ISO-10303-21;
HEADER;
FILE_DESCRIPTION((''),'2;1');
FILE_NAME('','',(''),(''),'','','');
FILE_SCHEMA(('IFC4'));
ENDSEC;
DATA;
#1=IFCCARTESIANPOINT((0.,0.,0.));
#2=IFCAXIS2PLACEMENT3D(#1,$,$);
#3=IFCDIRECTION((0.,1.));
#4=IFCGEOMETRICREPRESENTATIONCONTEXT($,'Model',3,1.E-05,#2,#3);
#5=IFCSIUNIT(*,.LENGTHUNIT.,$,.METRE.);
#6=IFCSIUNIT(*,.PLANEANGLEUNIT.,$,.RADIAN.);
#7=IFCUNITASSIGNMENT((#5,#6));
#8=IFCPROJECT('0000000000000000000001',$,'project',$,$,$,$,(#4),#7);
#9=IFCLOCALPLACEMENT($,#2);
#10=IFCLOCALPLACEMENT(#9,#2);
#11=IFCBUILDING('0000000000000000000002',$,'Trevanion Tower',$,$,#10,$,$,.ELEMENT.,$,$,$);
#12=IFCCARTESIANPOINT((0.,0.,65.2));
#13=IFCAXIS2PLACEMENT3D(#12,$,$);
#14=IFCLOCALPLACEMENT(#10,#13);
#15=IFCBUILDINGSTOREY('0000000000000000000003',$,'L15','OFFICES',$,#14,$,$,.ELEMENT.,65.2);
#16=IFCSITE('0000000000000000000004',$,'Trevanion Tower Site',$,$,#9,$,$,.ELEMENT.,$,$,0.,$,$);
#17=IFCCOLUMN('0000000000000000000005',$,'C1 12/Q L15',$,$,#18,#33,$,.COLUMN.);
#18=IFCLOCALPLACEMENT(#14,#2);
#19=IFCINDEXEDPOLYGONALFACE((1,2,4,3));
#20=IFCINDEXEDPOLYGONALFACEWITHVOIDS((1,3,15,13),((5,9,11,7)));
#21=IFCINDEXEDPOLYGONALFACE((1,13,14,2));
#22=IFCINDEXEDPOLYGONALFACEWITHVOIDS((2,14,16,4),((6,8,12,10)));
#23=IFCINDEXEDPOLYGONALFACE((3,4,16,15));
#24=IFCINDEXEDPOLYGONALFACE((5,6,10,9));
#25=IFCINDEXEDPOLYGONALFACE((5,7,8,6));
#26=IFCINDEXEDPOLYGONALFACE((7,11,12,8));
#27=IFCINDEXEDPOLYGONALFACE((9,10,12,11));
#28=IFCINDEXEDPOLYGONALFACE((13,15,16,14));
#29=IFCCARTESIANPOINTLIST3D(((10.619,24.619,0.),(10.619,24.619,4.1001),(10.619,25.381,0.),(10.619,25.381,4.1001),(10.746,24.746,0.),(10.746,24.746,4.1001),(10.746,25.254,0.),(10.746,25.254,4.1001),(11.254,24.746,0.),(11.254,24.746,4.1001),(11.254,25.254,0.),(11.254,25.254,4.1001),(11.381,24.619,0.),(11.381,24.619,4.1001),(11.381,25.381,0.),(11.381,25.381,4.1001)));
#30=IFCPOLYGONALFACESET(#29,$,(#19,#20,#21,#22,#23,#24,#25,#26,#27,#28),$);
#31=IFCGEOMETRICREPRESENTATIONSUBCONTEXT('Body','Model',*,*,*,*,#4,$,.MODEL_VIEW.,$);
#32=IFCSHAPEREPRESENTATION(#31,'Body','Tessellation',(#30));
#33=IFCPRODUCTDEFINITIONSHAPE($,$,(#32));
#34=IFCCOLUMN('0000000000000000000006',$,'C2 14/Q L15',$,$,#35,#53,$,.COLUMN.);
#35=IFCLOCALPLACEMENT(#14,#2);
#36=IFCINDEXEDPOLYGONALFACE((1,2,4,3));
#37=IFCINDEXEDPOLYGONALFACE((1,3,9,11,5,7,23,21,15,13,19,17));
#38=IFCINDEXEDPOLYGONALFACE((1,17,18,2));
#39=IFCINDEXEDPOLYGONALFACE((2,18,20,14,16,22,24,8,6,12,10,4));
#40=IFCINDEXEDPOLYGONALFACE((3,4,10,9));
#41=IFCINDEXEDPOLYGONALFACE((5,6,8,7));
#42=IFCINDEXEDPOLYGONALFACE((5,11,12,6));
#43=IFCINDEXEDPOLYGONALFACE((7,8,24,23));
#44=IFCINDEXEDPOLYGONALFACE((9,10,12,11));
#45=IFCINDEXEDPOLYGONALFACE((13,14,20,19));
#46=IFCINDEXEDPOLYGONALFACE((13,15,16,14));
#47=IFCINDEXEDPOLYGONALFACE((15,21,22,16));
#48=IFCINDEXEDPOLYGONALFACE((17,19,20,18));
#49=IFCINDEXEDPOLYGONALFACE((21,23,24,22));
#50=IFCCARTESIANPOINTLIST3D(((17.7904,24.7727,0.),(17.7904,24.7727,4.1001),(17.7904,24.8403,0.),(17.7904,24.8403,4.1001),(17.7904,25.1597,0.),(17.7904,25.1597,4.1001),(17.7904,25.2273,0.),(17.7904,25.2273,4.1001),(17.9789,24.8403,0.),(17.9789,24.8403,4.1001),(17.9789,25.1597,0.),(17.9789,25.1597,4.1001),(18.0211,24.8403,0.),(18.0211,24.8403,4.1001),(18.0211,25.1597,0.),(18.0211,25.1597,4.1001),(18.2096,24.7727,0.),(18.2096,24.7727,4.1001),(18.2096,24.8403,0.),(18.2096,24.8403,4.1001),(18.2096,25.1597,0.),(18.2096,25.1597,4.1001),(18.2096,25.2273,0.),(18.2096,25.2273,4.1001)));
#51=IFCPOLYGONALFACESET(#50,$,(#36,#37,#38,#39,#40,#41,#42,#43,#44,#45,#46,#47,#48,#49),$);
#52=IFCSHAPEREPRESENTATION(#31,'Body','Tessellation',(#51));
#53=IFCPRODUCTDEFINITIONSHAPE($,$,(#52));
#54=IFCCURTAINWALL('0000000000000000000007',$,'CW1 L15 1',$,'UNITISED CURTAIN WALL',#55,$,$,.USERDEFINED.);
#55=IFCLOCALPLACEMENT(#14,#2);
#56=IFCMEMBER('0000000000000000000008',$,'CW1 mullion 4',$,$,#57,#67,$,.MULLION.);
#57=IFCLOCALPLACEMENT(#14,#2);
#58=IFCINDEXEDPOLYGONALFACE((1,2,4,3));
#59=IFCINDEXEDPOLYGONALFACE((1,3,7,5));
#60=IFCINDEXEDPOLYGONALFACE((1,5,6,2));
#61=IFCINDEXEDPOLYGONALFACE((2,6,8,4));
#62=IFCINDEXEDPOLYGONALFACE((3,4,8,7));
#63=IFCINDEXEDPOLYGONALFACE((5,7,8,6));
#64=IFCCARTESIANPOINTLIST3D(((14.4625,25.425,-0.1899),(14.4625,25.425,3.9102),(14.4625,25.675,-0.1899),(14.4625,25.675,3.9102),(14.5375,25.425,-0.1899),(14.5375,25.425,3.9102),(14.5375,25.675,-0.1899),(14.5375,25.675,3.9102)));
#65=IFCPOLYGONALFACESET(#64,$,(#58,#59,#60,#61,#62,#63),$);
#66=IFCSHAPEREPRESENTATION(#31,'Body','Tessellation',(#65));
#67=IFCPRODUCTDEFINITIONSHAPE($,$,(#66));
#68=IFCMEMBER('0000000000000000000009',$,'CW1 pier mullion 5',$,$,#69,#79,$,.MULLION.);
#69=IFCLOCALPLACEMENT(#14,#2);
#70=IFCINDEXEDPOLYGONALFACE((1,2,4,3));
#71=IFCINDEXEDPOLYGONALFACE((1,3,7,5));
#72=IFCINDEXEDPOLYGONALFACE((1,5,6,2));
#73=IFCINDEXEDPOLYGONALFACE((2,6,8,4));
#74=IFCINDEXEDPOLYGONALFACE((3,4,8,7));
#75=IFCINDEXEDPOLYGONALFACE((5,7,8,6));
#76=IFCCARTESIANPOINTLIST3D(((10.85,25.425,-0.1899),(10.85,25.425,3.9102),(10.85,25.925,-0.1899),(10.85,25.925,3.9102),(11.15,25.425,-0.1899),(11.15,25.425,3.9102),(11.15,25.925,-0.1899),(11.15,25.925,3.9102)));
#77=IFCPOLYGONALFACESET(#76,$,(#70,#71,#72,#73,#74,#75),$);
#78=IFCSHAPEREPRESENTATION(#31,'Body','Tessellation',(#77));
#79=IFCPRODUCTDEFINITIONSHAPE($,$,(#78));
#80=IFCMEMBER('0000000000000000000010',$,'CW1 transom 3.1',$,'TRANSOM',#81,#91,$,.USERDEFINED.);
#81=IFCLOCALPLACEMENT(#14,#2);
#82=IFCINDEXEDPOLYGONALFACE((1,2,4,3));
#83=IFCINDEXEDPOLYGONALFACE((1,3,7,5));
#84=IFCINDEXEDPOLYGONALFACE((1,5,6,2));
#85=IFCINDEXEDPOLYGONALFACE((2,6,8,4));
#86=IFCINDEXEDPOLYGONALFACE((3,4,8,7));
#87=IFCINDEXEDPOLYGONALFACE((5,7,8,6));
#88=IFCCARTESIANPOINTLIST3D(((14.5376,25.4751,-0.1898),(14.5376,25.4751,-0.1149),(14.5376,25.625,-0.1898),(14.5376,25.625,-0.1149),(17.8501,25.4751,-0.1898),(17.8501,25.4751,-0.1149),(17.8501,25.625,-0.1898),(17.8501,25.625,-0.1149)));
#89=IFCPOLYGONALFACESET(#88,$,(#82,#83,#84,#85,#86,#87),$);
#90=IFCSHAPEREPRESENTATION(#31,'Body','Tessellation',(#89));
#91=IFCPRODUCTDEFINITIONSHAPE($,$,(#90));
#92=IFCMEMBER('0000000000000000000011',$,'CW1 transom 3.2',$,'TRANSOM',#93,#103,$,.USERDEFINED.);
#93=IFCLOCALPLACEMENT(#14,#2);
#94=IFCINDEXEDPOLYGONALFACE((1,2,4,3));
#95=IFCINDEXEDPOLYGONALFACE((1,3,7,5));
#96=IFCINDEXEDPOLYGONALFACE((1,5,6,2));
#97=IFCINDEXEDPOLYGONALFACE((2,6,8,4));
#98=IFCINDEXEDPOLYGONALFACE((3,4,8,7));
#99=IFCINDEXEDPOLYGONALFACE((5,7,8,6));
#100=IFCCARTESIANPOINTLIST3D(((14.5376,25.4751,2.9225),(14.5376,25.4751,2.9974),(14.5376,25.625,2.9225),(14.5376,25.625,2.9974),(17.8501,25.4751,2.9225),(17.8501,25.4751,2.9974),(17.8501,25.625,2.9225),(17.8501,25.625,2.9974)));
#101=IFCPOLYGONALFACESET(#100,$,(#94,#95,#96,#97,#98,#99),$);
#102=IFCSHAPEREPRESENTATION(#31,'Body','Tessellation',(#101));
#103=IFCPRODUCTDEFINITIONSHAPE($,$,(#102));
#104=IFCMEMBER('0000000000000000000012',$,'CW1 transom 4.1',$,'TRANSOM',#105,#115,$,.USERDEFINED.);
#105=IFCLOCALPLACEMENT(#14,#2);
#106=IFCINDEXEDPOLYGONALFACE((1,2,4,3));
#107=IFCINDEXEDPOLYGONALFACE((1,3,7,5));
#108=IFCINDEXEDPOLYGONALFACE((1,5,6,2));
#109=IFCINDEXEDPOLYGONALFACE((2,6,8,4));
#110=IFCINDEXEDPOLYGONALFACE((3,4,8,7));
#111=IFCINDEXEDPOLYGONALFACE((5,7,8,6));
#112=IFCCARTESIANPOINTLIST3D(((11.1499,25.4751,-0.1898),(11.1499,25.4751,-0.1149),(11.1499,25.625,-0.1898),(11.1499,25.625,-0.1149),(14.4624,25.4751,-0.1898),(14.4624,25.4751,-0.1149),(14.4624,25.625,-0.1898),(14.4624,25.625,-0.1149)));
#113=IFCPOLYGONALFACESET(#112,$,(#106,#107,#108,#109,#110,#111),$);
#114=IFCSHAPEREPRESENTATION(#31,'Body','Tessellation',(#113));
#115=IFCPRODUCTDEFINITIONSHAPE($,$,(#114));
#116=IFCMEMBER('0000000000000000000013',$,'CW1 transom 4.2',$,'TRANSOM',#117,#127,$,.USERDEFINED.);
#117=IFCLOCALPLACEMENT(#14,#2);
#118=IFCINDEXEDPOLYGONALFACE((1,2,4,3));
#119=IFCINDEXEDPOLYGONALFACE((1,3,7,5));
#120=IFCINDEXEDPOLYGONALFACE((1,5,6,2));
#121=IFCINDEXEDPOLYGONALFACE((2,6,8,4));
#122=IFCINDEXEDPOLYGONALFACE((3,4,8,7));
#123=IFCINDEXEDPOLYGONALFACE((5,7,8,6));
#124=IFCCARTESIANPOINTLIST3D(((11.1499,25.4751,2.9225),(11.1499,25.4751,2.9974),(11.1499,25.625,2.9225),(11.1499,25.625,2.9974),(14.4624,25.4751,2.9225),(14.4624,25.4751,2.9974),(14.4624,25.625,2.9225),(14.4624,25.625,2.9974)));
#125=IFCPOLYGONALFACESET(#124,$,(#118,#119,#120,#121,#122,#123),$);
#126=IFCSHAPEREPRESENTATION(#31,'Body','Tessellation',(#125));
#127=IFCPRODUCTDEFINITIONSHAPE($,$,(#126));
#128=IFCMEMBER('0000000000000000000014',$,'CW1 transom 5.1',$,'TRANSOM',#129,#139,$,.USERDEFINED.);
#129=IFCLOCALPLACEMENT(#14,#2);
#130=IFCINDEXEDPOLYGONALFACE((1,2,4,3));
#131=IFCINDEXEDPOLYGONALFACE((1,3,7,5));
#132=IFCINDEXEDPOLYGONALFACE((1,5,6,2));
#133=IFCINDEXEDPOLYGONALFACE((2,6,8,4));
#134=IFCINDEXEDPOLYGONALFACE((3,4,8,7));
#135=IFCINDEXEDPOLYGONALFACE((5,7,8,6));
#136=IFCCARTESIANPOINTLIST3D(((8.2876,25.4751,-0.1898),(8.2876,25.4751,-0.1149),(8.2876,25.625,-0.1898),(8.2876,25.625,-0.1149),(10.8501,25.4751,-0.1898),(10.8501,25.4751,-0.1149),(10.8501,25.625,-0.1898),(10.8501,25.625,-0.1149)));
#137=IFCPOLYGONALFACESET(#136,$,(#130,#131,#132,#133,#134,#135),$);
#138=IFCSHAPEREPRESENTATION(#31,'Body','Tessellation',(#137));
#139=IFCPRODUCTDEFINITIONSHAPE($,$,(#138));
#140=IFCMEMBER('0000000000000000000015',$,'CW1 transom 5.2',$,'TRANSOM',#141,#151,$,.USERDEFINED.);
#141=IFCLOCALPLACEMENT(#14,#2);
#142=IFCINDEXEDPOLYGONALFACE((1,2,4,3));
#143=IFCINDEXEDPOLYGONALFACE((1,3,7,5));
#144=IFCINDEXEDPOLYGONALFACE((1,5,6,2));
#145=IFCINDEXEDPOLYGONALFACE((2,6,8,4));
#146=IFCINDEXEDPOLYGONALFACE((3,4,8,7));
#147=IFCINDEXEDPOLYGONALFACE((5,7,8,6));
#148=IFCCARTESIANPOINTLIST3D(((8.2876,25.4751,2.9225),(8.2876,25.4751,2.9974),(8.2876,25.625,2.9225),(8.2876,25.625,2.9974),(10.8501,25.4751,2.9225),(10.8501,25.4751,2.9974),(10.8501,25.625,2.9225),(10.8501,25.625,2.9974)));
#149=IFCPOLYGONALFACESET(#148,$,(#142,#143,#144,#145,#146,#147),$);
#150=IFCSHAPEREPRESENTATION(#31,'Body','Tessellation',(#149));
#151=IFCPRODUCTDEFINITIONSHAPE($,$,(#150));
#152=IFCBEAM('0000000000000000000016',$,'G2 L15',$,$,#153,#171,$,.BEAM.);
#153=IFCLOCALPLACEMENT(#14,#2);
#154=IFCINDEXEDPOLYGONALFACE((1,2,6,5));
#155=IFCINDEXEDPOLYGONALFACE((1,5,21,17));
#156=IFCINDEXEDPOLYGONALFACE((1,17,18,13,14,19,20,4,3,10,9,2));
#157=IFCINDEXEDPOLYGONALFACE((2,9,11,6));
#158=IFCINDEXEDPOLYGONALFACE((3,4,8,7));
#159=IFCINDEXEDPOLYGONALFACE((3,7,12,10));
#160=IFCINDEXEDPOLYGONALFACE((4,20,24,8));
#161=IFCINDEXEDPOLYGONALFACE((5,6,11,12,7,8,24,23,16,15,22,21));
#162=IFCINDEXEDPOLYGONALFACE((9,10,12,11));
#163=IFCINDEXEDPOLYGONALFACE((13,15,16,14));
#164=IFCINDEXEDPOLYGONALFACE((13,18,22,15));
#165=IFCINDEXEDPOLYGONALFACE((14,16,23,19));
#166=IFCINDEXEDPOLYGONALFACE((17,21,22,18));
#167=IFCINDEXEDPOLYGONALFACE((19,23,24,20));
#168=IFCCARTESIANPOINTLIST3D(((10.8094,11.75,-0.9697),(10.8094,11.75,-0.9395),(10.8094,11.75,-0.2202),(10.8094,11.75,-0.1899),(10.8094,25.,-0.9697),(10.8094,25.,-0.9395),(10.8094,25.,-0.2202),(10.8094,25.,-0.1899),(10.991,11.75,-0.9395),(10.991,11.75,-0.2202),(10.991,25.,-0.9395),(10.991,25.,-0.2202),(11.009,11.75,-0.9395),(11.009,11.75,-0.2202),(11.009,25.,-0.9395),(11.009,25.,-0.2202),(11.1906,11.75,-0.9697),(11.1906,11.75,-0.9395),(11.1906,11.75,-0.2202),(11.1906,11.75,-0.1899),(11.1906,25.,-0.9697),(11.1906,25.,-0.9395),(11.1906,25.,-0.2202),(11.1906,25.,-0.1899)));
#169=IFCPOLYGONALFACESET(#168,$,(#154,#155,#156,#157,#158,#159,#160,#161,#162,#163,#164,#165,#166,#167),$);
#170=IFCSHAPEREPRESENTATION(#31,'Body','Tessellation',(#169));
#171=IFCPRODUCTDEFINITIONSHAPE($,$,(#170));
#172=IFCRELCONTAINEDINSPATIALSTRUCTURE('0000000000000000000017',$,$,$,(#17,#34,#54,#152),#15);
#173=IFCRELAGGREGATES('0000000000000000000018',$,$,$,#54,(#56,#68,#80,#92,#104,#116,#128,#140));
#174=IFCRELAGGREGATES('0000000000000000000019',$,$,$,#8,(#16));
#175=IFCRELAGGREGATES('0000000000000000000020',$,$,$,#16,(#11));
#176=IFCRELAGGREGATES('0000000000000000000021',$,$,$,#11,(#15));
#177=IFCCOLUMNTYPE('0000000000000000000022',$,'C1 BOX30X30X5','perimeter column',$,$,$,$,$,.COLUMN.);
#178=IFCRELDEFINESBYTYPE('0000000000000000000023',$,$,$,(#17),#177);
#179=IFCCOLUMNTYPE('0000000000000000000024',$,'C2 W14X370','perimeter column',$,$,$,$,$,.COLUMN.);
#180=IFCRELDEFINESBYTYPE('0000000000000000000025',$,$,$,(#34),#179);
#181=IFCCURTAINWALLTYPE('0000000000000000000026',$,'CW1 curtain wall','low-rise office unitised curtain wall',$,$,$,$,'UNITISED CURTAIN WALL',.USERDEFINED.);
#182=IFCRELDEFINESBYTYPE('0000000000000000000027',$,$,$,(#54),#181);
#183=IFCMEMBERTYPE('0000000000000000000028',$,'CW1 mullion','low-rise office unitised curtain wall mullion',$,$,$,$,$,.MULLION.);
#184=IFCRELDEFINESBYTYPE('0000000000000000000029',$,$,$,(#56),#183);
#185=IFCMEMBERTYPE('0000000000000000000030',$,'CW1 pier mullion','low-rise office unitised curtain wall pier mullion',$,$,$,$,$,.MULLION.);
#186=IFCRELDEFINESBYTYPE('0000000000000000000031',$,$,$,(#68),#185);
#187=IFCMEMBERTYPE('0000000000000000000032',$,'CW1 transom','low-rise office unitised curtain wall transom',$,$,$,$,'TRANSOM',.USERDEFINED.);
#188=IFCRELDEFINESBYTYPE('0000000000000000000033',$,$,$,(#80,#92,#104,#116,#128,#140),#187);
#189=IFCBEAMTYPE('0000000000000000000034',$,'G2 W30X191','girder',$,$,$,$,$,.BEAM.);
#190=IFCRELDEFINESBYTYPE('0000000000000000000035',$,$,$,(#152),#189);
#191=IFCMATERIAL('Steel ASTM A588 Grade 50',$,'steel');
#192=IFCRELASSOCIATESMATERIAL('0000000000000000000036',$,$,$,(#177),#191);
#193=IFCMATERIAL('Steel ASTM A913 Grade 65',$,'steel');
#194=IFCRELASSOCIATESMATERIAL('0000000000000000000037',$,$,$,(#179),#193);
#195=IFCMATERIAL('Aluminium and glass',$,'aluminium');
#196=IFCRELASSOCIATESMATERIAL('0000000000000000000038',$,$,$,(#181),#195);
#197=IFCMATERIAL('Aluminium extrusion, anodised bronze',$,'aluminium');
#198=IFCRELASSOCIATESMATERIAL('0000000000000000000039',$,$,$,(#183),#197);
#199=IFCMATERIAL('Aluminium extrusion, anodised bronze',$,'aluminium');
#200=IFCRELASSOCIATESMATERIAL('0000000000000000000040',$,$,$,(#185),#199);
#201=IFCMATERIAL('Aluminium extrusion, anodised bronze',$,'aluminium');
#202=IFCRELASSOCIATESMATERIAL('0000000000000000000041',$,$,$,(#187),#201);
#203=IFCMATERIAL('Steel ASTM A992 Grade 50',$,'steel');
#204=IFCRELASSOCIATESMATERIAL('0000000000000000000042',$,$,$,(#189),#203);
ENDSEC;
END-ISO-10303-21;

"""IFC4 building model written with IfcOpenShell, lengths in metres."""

from ifc_helpers import new_model, si_unit, direction, frame, origin, origin_2d, place, context, subcontext, project, spatial, rectangle, hollow_rectangle, i_section, extrude, material, material_profile, profile_set, type_object, element, aggregate, save


model = new_model("IFC4")

# Units and contexts
model_context = context("Model", 3, precision=1e-05, world=origin(), true_north=direction((0.0, 1.0)))
body_context = subcontext(model_context, "Body", "Model", "MODEL_VIEW")
ifc_project = project(units=[si_unit("LENGTHUNIT", "METRE"), si_unit("PLANEANGLEUNIT", "RADIAN")], contexts=[model_context])

# Site, building, storey
site_placement = place(None, origin())
site = spatial("IfcSite", under=ifc_project, at=site_placement, Name="Trevanion Tower Site", CompositionType="ELEMENT", RefElevation=0.0)
building_placement = place(site_placement, origin())
building = spatial("IfcBuilding", under=site, at=building_placement, Name="Trevanion Tower", CompositionType="ELEMENT")
storey_placement = place(building_placement, frame((0.0, 0.0, 65.2)))
storey = spatial("IfcBuildingStorey", under=building, at=storey_placement, Name="L15", Description="OFFICES", CompositionType="ELEMENT", Elevation=65.2)

# Columns
ifc_material_1 = material(Name="Steel ASTM A588 Grade 50", Category="steel")
ifc_material_profile_1 = material_profile(ifc_material_1, hollow_rectangle(XDim=0.762, YDim=0.762, WallThickness=0.127, at=origin_2d()), Name="BOX30X30X5")
ifc_profile_set_1 = profile_set([ifc_material_profile_1], Name="Steel ASTM A588 Grade 50")
column_type_1 = type_object("IfcColumnType", Name="C1 BOX30X30X5", Description="perimeter column", PredefinedType="COLUMN", material=ifc_profile_set_1)
column_1_placement = place(storey_placement, frame((11.0, 25.0, 0.0), z_axis=(0.0, 0.0, 1.0), x_axis=(1.0, 0.0, 0.0)))
element("IfcColumn", 1, at=column_1_placement, inside=storey, type_object=column_type_1, Name="C1 12/Q L15", PredefinedType="COLUMN", context=body_context, shape_type="SweptSolid", body=[
    extrude(hollow_rectangle(XDim=0.762, YDim=0.762, WallThickness=0.127, at=origin_2d()), origin(), (0.0, 0.0, 1.0), 4.1001),
])
ifc_material_2 = material(Name="Steel ASTM A913 Grade 65", Category="steel")
ifc_material_profile_2 = material_profile(ifc_material_2, i_section(OverallWidth=0.4192, OverallDepth=0.4546, WebThickness=0.0422, FlangeThickness=0.0676, at=origin_2d()), Name="W14X370")
ifc_profile_set_2 = profile_set([ifc_material_profile_2], Name="Steel ASTM A913 Grade 65")
column_type_2 = type_object("IfcColumnType", Name="C2 W14X370", Description="perimeter column", PredefinedType="COLUMN", material=ifc_profile_set_2)
column_2_placement = place(storey_placement, frame((18.0, 25.0, 0.0), z_axis=(0.0, 0.0, 1.0), x_axis=(1.0, 0.0, 0.0)))
element("IfcColumn", 2, at=column_2_placement, inside=storey, type_object=column_type_2, Name="C2 14/Q L15", PredefinedType="COLUMN", context=body_context, shape_type="SweptSolid", body=[
    extrude(i_section(OverallWidth=0.4192, OverallDepth=0.4546, WebThickness=0.0422, FlangeThickness=0.0676, at=origin_2d()), origin(), (0.0, 0.0, 1.0), 4.1001),
])

# Curtain wall, members
ifc_material_3 = material(Name="Aluminium and glass", Category="aluminium")
curtain_wall_type = type_object("IfcCurtainWallType", Name="CW1 curtain wall", Description="low-rise office unitised curtain wall", ElementType="UNITISED CURTAIN WALL", PredefinedType="USERDEFINED", material=ifc_material_3)
curtain_wall_placement = place(storey_placement, origin())
curtain_wall = element("IfcCurtainWall", 3, at=curtain_wall_placement, inside=storey, type_object=curtain_wall_type, Name="CW1 L15 1", ObjectType="UNITISED CURTAIN WALL", PredefinedType="USERDEFINED")
ifc_material_4 = material(Name="Aluminium extrusion, anodised bronze", Category="aluminium")
ifc_material_profile_3 = material_profile(ifc_material_4, rectangle(XDim=0.075, YDim=0.25, at=origin_2d()), Name="CW1 mullion")
ifc_profile_set_3 = profile_set([ifc_material_profile_3], Name="Aluminium extrusion, anodised bronze")
member_type_1 = type_object("IfcMemberType", Name="CW1 mullion", Description="low-rise office unitised curtain wall mullion", PredefinedType="MULLION", material=ifc_profile_set_3)
member_1_placement = place(storey_placement, frame((14.5, 25.55, -0.1899), z_axis=(0.0, 0.0, 1.0), x_axis=(-1.0, 0.0, 0.0)))
member_1 = element("IfcMember", 4, at=member_1_placement, type_object=member_type_1, Name="CW1 mullion 4", PredefinedType="MULLION", context=body_context, shape_type="SweptSolid", body=[
    extrude(rectangle(XDim=0.075, YDim=0.25, at=origin_2d()), origin(), (0.0, 0.0, 1.0), 4.1001),
])
ifc_material_5 = material(Name="Aluminium extrusion, anodised bronze", Category="aluminium")
ifc_material_profile_4 = material_profile(ifc_material_5, rectangle(XDim=0.3, YDim=0.5, at=origin_2d()), Name="CW1 pier mullion")
ifc_profile_set_4 = profile_set([ifc_material_profile_4], Name="Aluminium extrusion, anodised bronze")
member_type_2 = type_object("IfcMemberType", Name="CW1 pier mullion", Description="low-rise office unitised curtain wall pier mullion", PredefinedType="MULLION", material=ifc_profile_set_4)
member_2_placement = place(storey_placement, frame((11.0, 25.675, -0.1899), z_axis=(0.0, 0.0, 1.0), x_axis=(-1.0, 0.0, 0.0)))
member_2 = element("IfcMember", 5, at=member_2_placement, type_object=member_type_2, Name="CW1 pier mullion 5", PredefinedType="MULLION", context=body_context, shape_type="SweptSolid", body=[
    extrude(rectangle(XDim=0.3, YDim=0.5, at=origin_2d()), origin(), (0.0, 0.0, 1.0), 4.1001),
])
ifc_material_6 = material(Name="Aluminium extrusion, anodised bronze", Category="aluminium")
ifc_material_profile_5 = material_profile(ifc_material_6, rectangle(XDim=0.1499, YDim=0.075, at=origin_2d()), Name="CW1 transom")
ifc_profile_set_5 = profile_set([ifc_material_profile_5], Name="Aluminium extrusion, anodised bronze")
member_type_3 = type_object("IfcMemberType", Name="CW1 transom", Description="low-rise office unitised curtain wall transom", ElementType="TRANSOM", PredefinedType="USERDEFINED", material=ifc_profile_set_5)
member_3_placement = place(storey_placement, frame((17.8501, 25.55, -0.1523), z_axis=(-1.0, 0.0, 0.0), x_axis=(0.0, -1.0, 0.0)))
member_3 = element("IfcMember", 6, at=member_3_placement, type_object=member_type_3, Name="CW1 transom 3.1", ObjectType="TRANSOM", PredefinedType="USERDEFINED", context=body_context, shape_type="SweptSolid", body=[
    extrude(rectangle(XDim=0.1499, YDim=0.075, at=origin_2d()), origin(), (0.0, 0.0, 1.0), 3.3125),
])
member_4_placement = place(storey_placement, frame((17.8501, 25.55, 2.96), z_axis=(-1.0, 0.0, 0.0), x_axis=(0.0, -1.0, 0.0)))
member_4 = element("IfcMember", 7, at=member_4_placement, type_object=member_type_3, Name="CW1 transom 3.2", ObjectType="TRANSOM", PredefinedType="USERDEFINED", context=body_context, shape_type="SweptSolid", body=[
    extrude(rectangle(XDim=0.1499, YDim=0.075, at=origin_2d()), origin(), (0.0, 0.0, 1.0), 3.3125),
])
member_5_placement = place(storey_placement, frame((14.4624, 25.55, -0.1523), z_axis=(-1.0, 0.0, 0.0), x_axis=(0.0, -1.0, 0.0)))
member_5 = element("IfcMember", 8, at=member_5_placement, type_object=member_type_3, Name="CW1 transom 4.1", ObjectType="TRANSOM", PredefinedType="USERDEFINED", context=body_context, shape_type="SweptSolid", body=[
    extrude(rectangle(XDim=0.1499, YDim=0.075, at=origin_2d()), origin(), (0.0, 0.0, 1.0), 3.3125),
])
member_6_placement = place(storey_placement, frame((14.4624, 25.55, 2.96), z_axis=(-1.0, 0.0, 0.0), x_axis=(0.0, -1.0, 0.0)))
member_6 = element("IfcMember", 9, at=member_6_placement, type_object=member_type_3, Name="CW1 transom 4.2", ObjectType="TRANSOM", PredefinedType="USERDEFINED", context=body_context, shape_type="SweptSolid", body=[
    extrude(rectangle(XDim=0.1499, YDim=0.075, at=origin_2d()), origin(), (0.0, 0.0, 1.0), 3.3125),
])
member_7_placement = place(storey_placement, frame((10.8501, 25.55, -0.1523), z_axis=(-1.0, 0.0, 0.0), x_axis=(0.0, -1.0, 0.0)))
member_7 = element("IfcMember", 10, at=member_7_placement, type_object=member_type_3, Name="CW1 transom 5.1", ObjectType="TRANSOM", PredefinedType="USERDEFINED", context=body_context, shape_type="SweptSolid", body=[
    extrude(rectangle(XDim=0.1499, YDim=0.075, at=origin_2d()), origin(), (0.0, 0.0, 1.0), 2.5625),
])
member_8_placement = place(storey_placement, frame((10.8501, 25.55, 2.96), z_axis=(-1.0, 0.0, 0.0), x_axis=(0.0, -1.0, 0.0)))
member_8 = element("IfcMember", 11, at=member_8_placement, type_object=member_type_3, Name="CW1 transom 5.2", ObjectType="TRANSOM", PredefinedType="USERDEFINED", context=body_context, shape_type="SweptSolid", body=[
    extrude(rectangle(XDim=0.1499, YDim=0.075, at=origin_2d()), origin(), (0.0, 0.0, 1.0), 2.5625),
])

# Beam
ifc_material_7 = material(Name="Steel ASTM A992 Grade 50", Category="steel")
ifc_material_profile_6 = material_profile(ifc_material_7, i_section(OverallWidth=0.3811, OverallDepth=0.7798, WebThickness=0.0181, FlangeThickness=0.0303, at=origin_2d()), Name="W30X191")
ifc_profile_set_6 = profile_set([ifc_material_profile_6], Name="Steel ASTM A992 Grade 50")
beam_type_1 = type_object("IfcBeamType", Name="G2 W30X191", Description="girder", PredefinedType="BEAM", material=ifc_profile_set_6)
beam_1_placement = place(storey_placement, frame((11.0, 11.75, -0.5798), z_axis=(0.0, 1.0, 0.0), x_axis=(-1.0, 0.0, 0.0)))
element("IfcBeam", 12, at=beam_1_placement, inside=storey, type_object=beam_type_1, Name="G2 L15", PredefinedType="BEAM", context=body_context, shape_type="SweptSolid", body=[
    extrude(i_section(OverallWidth=0.3811, OverallDepth=0.7798, WebThickness=0.0181, FlangeThickness=0.0303, at=origin_2d()), origin(), (0.0, 0.0, 1.0), 13.25),
])

aggregate(curtain_wall, [member_1, member_2, member_3, member_4, member_5, member_6, member_7, member_8])

save(model, "model.ifc")
